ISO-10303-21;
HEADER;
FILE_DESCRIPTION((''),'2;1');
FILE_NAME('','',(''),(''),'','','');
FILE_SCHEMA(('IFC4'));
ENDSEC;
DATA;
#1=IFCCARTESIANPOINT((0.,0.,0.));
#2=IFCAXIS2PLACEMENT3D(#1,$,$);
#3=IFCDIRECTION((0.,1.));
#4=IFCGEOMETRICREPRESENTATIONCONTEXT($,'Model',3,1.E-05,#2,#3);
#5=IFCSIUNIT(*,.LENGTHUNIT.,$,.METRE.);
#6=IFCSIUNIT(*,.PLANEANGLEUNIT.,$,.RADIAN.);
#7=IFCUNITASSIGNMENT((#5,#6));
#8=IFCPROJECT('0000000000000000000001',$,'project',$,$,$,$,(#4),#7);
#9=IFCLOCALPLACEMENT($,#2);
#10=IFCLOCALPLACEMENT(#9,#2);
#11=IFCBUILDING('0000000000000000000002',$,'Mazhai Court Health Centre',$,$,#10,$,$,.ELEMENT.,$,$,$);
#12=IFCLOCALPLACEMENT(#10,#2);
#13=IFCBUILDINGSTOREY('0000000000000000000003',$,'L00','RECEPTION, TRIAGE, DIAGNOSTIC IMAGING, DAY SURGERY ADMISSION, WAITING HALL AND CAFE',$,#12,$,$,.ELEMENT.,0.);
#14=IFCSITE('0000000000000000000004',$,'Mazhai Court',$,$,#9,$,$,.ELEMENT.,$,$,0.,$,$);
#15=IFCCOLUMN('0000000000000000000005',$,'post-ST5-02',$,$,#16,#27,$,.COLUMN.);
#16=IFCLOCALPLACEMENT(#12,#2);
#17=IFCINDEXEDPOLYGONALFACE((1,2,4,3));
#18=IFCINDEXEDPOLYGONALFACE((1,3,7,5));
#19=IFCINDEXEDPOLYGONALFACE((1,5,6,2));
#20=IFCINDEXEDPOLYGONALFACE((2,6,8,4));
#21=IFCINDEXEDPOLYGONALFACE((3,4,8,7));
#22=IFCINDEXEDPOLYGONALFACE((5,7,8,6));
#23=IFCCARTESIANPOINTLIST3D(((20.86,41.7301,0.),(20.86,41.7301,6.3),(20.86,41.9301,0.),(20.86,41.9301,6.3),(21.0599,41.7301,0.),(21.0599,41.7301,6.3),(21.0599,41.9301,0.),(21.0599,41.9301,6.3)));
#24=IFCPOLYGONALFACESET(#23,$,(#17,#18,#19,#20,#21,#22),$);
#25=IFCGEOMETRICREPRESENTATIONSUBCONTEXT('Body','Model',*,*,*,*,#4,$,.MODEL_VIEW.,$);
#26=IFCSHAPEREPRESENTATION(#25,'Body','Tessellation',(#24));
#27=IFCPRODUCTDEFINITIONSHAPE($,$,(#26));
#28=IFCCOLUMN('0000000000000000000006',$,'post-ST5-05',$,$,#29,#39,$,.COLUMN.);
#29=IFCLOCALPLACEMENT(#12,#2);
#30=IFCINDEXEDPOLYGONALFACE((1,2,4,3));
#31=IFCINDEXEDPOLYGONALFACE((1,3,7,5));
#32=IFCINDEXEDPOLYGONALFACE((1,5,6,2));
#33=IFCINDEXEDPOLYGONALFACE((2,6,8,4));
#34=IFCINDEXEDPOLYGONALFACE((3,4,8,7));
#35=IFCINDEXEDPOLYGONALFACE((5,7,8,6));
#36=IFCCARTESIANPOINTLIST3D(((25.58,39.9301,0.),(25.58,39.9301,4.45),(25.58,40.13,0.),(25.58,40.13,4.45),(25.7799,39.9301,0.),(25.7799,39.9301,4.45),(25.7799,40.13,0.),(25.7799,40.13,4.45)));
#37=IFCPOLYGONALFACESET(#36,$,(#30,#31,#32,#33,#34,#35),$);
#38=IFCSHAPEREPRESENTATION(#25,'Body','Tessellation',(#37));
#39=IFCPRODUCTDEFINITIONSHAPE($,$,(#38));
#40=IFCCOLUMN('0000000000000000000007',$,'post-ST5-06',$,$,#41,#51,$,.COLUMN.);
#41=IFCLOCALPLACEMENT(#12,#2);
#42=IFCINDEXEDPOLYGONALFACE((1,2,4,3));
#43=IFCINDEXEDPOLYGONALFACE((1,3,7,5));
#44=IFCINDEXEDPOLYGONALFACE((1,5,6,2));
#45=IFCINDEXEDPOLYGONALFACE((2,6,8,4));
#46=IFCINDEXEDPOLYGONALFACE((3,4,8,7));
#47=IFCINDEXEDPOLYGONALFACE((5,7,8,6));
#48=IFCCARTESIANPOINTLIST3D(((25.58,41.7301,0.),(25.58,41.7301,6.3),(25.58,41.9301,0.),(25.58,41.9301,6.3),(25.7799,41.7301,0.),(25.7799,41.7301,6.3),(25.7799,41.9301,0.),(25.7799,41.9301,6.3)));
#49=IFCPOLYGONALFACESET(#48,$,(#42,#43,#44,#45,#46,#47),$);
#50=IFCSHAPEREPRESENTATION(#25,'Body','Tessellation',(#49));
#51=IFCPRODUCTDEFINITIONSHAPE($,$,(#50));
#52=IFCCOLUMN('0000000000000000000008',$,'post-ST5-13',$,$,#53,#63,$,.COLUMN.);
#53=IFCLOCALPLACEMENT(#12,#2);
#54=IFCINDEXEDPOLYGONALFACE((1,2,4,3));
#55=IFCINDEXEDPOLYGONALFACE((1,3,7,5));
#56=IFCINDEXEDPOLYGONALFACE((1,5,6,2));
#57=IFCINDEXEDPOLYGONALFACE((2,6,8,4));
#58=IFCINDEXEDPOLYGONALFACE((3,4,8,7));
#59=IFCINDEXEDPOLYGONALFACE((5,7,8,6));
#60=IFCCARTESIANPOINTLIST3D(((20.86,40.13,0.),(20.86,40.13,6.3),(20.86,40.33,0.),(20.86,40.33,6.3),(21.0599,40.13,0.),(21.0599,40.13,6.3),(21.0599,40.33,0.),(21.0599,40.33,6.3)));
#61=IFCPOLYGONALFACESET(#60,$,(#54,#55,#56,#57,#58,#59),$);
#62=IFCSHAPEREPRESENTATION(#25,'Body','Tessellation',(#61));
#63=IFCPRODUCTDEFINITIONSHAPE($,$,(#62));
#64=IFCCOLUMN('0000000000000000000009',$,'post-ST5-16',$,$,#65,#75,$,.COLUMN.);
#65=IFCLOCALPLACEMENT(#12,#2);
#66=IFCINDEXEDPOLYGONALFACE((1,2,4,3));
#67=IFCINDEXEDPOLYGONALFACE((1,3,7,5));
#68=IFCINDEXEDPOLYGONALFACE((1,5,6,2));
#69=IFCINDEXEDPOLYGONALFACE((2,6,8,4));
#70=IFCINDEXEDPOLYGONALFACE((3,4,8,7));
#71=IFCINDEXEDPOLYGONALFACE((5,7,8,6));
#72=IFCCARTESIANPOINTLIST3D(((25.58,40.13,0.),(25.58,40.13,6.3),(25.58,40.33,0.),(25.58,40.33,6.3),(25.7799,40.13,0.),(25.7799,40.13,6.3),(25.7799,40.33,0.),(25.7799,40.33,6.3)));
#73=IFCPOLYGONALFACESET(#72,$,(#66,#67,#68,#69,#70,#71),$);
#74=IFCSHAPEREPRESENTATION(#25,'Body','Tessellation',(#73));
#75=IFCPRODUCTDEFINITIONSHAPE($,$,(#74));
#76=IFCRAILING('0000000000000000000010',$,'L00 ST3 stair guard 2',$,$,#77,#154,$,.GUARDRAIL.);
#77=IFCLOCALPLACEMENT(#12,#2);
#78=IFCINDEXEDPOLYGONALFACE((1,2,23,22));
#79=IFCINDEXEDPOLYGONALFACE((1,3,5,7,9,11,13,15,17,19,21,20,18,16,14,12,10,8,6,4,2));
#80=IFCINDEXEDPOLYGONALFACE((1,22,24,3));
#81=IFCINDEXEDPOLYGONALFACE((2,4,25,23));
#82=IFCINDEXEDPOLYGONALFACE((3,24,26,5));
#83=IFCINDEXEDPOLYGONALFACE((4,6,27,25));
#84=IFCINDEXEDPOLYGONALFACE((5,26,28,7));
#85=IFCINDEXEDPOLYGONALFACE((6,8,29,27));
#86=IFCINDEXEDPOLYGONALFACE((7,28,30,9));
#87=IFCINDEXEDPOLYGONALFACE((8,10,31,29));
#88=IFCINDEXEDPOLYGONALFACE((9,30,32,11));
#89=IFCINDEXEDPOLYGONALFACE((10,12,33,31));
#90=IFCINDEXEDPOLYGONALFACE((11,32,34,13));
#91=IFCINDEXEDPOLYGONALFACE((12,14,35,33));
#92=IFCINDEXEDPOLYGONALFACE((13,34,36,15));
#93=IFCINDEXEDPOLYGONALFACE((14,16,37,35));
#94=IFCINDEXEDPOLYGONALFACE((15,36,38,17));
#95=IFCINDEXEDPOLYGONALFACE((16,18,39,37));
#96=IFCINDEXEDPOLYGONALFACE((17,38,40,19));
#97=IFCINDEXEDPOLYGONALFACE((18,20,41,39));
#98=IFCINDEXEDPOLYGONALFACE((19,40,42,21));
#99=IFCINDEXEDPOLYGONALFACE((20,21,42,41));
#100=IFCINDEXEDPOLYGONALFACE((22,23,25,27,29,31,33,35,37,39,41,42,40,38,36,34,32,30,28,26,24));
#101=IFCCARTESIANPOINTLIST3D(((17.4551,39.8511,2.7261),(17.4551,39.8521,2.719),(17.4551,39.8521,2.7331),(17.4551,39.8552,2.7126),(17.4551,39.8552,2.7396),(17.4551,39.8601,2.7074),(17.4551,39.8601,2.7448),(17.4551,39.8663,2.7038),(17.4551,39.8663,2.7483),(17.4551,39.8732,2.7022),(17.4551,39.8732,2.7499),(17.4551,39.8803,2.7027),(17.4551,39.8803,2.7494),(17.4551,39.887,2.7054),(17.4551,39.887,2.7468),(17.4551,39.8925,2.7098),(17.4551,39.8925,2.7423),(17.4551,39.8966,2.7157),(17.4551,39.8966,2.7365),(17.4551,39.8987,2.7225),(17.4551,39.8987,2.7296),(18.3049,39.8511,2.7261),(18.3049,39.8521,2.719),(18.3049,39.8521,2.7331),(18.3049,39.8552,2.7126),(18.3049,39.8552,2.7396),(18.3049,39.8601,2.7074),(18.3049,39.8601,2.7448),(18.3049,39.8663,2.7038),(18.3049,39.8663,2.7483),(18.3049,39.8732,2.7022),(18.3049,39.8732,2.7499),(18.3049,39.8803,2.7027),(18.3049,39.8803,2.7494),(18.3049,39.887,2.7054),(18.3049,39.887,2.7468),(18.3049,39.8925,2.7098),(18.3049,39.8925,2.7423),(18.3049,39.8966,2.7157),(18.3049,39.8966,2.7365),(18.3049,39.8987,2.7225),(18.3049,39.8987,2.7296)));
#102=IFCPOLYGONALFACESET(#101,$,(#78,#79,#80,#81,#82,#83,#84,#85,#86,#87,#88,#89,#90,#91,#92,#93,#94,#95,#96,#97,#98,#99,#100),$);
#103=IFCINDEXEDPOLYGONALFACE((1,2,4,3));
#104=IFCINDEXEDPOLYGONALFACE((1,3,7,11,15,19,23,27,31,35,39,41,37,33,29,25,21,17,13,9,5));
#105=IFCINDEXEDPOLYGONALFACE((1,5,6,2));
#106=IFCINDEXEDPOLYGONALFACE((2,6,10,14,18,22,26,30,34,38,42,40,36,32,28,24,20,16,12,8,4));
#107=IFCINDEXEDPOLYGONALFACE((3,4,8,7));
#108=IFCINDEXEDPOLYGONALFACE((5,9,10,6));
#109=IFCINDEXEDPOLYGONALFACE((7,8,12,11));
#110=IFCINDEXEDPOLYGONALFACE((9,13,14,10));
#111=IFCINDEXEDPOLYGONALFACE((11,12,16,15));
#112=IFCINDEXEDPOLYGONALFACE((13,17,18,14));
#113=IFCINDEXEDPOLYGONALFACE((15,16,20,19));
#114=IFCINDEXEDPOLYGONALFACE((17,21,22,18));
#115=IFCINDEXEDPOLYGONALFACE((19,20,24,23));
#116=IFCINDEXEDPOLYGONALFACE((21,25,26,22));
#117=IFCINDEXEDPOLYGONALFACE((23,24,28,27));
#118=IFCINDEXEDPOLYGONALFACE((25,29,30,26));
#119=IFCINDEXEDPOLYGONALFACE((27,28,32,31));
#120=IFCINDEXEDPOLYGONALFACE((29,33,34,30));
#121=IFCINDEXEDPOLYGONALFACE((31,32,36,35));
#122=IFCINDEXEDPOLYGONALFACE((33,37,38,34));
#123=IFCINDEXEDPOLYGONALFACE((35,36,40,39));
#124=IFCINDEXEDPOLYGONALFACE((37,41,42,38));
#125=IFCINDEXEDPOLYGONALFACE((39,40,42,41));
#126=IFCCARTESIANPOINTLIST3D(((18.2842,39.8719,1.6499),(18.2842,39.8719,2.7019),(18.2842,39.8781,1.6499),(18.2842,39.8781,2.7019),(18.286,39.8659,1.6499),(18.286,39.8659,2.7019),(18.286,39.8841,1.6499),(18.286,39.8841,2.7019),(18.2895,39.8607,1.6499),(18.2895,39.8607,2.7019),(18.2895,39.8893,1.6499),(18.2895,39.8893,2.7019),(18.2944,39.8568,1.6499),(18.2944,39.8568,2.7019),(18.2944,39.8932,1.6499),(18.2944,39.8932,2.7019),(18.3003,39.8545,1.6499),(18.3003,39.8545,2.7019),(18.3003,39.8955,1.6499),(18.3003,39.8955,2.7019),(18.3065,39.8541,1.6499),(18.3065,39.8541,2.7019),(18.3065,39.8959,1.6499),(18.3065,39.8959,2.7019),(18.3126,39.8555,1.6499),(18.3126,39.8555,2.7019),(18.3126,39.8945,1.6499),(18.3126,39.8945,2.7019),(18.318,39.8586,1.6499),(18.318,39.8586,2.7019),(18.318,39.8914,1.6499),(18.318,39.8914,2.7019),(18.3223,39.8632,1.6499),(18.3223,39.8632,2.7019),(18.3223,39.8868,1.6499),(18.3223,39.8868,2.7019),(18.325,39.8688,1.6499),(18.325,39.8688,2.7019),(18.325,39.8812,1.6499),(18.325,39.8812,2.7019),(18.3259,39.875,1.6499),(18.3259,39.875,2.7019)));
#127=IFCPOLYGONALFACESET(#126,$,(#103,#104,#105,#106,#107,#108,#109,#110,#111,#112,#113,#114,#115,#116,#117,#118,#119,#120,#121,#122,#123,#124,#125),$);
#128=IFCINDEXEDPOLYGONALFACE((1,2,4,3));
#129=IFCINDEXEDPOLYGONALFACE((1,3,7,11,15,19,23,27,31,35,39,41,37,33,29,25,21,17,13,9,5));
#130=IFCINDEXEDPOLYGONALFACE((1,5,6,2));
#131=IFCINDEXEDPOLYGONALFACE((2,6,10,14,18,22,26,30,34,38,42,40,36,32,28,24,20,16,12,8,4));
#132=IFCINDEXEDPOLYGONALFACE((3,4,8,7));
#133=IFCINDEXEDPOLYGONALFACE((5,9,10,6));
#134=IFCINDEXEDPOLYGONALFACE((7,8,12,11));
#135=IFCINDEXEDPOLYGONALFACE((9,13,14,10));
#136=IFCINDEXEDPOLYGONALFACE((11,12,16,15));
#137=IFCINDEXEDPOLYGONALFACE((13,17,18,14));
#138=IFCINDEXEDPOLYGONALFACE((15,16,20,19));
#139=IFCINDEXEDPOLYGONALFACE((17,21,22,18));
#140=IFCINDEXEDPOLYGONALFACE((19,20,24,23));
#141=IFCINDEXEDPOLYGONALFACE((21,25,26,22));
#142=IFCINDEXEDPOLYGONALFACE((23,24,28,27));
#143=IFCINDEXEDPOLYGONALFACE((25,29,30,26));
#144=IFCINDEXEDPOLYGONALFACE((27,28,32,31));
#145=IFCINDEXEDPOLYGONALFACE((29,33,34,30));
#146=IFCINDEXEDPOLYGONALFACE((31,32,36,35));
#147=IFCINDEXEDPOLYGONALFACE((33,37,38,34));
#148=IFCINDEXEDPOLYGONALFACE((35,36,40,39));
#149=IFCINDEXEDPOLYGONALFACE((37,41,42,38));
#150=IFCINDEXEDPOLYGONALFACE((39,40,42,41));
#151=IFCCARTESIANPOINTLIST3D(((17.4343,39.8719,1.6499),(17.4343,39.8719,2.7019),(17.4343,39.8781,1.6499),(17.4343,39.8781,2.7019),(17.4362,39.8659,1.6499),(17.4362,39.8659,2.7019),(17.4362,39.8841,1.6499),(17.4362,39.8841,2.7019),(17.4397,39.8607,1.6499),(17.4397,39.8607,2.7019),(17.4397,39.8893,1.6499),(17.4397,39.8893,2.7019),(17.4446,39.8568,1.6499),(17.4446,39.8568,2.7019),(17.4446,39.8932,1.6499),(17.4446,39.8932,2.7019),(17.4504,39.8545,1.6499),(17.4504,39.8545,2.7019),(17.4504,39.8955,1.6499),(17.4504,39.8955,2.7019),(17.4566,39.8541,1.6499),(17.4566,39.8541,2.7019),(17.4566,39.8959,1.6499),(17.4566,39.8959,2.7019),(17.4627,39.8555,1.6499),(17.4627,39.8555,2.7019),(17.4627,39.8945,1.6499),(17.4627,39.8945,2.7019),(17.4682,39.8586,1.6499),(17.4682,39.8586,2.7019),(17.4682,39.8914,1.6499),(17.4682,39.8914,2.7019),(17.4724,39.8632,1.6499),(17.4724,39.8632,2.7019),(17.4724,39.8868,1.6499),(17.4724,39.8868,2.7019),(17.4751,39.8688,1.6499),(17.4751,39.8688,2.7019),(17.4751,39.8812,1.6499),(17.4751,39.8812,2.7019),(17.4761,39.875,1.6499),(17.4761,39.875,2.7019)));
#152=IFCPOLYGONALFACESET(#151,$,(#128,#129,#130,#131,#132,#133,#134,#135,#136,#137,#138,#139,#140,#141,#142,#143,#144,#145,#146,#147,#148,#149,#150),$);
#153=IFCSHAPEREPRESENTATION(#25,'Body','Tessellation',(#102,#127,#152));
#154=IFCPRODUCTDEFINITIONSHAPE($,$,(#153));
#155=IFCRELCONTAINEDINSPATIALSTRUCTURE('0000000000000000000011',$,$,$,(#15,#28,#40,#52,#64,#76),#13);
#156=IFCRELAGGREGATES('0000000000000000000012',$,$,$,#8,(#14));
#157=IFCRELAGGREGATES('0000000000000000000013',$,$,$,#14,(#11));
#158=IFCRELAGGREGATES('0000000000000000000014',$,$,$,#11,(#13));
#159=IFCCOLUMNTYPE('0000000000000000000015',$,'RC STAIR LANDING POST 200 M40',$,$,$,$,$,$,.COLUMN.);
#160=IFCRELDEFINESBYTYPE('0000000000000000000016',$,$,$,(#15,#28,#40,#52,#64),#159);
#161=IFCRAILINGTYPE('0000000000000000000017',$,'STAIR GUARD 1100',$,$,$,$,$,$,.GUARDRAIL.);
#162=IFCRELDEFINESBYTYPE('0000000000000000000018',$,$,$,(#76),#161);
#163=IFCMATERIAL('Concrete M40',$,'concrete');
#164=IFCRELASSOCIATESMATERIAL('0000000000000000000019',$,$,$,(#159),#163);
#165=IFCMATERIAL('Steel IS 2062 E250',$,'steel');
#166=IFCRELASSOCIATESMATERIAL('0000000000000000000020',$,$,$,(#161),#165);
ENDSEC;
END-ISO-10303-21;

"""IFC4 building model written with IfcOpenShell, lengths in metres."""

from ifc_helpers import new_model, si_unit, direction, frame, origin, origin_2d, place, context, subcontext, project, spatial, rectangle, circle, extrude, material, material_profile, profile_set, type_object, element, save


model = new_model("IFC4")

# Units and contexts
model_context = context("Model", 3, precision=1e-05, world=origin(), true_north=direction((0.0, 1.0)))
body_context = subcontext(model_context, "Body", "Model", "MODEL_VIEW")
ifc_project = project(units=[si_unit("LENGTHUNIT", "METRE"), si_unit("PLANEANGLEUNIT", "RADIAN")], contexts=[model_context])

# Site, building, storey
site_placement = place(None, origin())
site = spatial("IfcSite", under=ifc_project, at=site_placement, Name="Mazhai Court", CompositionType="ELEMENT", RefElevation=0.0)
building_placement = place(site_placement, origin())
building = spatial("IfcBuilding", under=site, at=building_placement, Name="Mazhai Court Health Centre", CompositionType="ELEMENT")
storey_placement = place(building_placement, origin())
storey = spatial("IfcBuildingStorey", under=building, at=storey_placement, Name="L00", Description="RECEPTION, TRIAGE, DIAGNOSTIC IMAGING, DAY SURGERY ADMISSION, WAITING HALL AND CAFE", CompositionType="ELEMENT", Elevation=0.0)

# Columns
ifc_material_1 = material(Name="Concrete M40", Category="concrete")
ifc_material_profile_1 = material_profile(ifc_material_1, rectangle(XDim=0.2, YDim=0.2, at=origin_2d()), Name="RC 200x200")
ifc_profile_set_1 = profile_set([ifc_material_profile_1], Name="Concrete M40")
column_type = type_object("IfcColumnType", Name="RC STAIR LANDING POST 200 M40", PredefinedType="COLUMN", material=ifc_profile_set_1)
column_1_placement = place(storey_placement, frame((20.96, 41.8301, 0.0), z_axis=(0.0, 0.0, 1.0), x_axis=(1.0, 0.0, 0.0)))
element("IfcColumn", 1, at=column_1_placement, inside=storey, type_object=column_type, Name="post-ST5-02", PredefinedType="COLUMN", context=body_context, shape_type="SweptSolid", body=[
    extrude(rectangle(XDim=0.2, YDim=0.2, at=origin_2d()), origin(), (0.0, 0.0, 1.0), 6.3),
])
column_2_placement = place(storey_placement, frame((25.6799, 40.03, 0.0), z_axis=(0.0, 0.0, 1.0), x_axis=(1.0, 0.0, 0.0)))
element("IfcColumn", 2, at=column_2_placement, inside=storey, type_object=column_type, Name="post-ST5-05", PredefinedType="COLUMN", context=body_context, shape_type="SweptSolid", body=[
    extrude(rectangle(XDim=0.2, YDim=0.2, at=origin_2d()), origin(), (0.0, 0.0, 1.0), 4.45),
])
for number, where, z_axis, x_axis, name in (
    (3, (25.6799, 41.8301, 0.0), (0.0, 0.0, 1.0), (1.0, 0.0, 0.0), "post-ST5-06"),
    (4, (20.96, 40.23, 0.0), (0.0, 0.0, 1.0), (1.0, 0.0, 0.0), "post-ST5-13"),
    (5, (25.6799, 40.23, 0.0), (0.0, 0.0, 1.0), (1.0, 0.0, 0.0), "post-ST5-16"),
):
    element("IfcColumn", number, at=place(storey_placement, frame(where, z_axis=z_axis, x_axis=x_axis)), inside=storey, type_object=column_type, Name=name, PredefinedType="COLUMN", context=body_context, shape_type="SweptSolid", body=[
        extrude(rectangle(XDim=0.2, YDim=0.2, at=origin_2d()), origin(), (0.0, 0.0, 1.0), 6.3),
    ])

# Railing
ifc_material_2 = material(Name="Steel IS 2062 E250", Category="steel")
railing_type_1 = type_object("IfcRailingType", Name="STAIR GUARD 1100", PredefinedType="GUARDRAIL", material=ifc_material_2)
for number, where, name in (
    (6, (18.3049, 39.875, 1.6499), "L00 ST3 stair guard 2"),
):
    element("IfcRailing", number, at=place(storey_placement, frame(where)), inside=storey, type_object=railing_type_1, Name=name, PredefinedType="GUARDRAIL", context=body_context, shape_type="SweptSolid", body=[
        extrude(circle(Radius=0.0239, at=origin_2d()), frame((0.0, 0.0, 1.0762), z_axis=(-1.0, 0.0, 0.0), x_axis=(0.0, -1.0, 0.0)), (0.0, 0.0, 1.0), 0.8499),
        extrude(circle(Radius=0.021, at=origin_2d()), origin(), (0.0, 0.0, 1.0), 1.052),
        extrude(circle(Radius=0.021, at=origin_2d()), frame((-0.8499, 0.0, 0.0)), (0.0, 0.0, 1.0), 1.052),
    ])

save(model, "model.ifc")
